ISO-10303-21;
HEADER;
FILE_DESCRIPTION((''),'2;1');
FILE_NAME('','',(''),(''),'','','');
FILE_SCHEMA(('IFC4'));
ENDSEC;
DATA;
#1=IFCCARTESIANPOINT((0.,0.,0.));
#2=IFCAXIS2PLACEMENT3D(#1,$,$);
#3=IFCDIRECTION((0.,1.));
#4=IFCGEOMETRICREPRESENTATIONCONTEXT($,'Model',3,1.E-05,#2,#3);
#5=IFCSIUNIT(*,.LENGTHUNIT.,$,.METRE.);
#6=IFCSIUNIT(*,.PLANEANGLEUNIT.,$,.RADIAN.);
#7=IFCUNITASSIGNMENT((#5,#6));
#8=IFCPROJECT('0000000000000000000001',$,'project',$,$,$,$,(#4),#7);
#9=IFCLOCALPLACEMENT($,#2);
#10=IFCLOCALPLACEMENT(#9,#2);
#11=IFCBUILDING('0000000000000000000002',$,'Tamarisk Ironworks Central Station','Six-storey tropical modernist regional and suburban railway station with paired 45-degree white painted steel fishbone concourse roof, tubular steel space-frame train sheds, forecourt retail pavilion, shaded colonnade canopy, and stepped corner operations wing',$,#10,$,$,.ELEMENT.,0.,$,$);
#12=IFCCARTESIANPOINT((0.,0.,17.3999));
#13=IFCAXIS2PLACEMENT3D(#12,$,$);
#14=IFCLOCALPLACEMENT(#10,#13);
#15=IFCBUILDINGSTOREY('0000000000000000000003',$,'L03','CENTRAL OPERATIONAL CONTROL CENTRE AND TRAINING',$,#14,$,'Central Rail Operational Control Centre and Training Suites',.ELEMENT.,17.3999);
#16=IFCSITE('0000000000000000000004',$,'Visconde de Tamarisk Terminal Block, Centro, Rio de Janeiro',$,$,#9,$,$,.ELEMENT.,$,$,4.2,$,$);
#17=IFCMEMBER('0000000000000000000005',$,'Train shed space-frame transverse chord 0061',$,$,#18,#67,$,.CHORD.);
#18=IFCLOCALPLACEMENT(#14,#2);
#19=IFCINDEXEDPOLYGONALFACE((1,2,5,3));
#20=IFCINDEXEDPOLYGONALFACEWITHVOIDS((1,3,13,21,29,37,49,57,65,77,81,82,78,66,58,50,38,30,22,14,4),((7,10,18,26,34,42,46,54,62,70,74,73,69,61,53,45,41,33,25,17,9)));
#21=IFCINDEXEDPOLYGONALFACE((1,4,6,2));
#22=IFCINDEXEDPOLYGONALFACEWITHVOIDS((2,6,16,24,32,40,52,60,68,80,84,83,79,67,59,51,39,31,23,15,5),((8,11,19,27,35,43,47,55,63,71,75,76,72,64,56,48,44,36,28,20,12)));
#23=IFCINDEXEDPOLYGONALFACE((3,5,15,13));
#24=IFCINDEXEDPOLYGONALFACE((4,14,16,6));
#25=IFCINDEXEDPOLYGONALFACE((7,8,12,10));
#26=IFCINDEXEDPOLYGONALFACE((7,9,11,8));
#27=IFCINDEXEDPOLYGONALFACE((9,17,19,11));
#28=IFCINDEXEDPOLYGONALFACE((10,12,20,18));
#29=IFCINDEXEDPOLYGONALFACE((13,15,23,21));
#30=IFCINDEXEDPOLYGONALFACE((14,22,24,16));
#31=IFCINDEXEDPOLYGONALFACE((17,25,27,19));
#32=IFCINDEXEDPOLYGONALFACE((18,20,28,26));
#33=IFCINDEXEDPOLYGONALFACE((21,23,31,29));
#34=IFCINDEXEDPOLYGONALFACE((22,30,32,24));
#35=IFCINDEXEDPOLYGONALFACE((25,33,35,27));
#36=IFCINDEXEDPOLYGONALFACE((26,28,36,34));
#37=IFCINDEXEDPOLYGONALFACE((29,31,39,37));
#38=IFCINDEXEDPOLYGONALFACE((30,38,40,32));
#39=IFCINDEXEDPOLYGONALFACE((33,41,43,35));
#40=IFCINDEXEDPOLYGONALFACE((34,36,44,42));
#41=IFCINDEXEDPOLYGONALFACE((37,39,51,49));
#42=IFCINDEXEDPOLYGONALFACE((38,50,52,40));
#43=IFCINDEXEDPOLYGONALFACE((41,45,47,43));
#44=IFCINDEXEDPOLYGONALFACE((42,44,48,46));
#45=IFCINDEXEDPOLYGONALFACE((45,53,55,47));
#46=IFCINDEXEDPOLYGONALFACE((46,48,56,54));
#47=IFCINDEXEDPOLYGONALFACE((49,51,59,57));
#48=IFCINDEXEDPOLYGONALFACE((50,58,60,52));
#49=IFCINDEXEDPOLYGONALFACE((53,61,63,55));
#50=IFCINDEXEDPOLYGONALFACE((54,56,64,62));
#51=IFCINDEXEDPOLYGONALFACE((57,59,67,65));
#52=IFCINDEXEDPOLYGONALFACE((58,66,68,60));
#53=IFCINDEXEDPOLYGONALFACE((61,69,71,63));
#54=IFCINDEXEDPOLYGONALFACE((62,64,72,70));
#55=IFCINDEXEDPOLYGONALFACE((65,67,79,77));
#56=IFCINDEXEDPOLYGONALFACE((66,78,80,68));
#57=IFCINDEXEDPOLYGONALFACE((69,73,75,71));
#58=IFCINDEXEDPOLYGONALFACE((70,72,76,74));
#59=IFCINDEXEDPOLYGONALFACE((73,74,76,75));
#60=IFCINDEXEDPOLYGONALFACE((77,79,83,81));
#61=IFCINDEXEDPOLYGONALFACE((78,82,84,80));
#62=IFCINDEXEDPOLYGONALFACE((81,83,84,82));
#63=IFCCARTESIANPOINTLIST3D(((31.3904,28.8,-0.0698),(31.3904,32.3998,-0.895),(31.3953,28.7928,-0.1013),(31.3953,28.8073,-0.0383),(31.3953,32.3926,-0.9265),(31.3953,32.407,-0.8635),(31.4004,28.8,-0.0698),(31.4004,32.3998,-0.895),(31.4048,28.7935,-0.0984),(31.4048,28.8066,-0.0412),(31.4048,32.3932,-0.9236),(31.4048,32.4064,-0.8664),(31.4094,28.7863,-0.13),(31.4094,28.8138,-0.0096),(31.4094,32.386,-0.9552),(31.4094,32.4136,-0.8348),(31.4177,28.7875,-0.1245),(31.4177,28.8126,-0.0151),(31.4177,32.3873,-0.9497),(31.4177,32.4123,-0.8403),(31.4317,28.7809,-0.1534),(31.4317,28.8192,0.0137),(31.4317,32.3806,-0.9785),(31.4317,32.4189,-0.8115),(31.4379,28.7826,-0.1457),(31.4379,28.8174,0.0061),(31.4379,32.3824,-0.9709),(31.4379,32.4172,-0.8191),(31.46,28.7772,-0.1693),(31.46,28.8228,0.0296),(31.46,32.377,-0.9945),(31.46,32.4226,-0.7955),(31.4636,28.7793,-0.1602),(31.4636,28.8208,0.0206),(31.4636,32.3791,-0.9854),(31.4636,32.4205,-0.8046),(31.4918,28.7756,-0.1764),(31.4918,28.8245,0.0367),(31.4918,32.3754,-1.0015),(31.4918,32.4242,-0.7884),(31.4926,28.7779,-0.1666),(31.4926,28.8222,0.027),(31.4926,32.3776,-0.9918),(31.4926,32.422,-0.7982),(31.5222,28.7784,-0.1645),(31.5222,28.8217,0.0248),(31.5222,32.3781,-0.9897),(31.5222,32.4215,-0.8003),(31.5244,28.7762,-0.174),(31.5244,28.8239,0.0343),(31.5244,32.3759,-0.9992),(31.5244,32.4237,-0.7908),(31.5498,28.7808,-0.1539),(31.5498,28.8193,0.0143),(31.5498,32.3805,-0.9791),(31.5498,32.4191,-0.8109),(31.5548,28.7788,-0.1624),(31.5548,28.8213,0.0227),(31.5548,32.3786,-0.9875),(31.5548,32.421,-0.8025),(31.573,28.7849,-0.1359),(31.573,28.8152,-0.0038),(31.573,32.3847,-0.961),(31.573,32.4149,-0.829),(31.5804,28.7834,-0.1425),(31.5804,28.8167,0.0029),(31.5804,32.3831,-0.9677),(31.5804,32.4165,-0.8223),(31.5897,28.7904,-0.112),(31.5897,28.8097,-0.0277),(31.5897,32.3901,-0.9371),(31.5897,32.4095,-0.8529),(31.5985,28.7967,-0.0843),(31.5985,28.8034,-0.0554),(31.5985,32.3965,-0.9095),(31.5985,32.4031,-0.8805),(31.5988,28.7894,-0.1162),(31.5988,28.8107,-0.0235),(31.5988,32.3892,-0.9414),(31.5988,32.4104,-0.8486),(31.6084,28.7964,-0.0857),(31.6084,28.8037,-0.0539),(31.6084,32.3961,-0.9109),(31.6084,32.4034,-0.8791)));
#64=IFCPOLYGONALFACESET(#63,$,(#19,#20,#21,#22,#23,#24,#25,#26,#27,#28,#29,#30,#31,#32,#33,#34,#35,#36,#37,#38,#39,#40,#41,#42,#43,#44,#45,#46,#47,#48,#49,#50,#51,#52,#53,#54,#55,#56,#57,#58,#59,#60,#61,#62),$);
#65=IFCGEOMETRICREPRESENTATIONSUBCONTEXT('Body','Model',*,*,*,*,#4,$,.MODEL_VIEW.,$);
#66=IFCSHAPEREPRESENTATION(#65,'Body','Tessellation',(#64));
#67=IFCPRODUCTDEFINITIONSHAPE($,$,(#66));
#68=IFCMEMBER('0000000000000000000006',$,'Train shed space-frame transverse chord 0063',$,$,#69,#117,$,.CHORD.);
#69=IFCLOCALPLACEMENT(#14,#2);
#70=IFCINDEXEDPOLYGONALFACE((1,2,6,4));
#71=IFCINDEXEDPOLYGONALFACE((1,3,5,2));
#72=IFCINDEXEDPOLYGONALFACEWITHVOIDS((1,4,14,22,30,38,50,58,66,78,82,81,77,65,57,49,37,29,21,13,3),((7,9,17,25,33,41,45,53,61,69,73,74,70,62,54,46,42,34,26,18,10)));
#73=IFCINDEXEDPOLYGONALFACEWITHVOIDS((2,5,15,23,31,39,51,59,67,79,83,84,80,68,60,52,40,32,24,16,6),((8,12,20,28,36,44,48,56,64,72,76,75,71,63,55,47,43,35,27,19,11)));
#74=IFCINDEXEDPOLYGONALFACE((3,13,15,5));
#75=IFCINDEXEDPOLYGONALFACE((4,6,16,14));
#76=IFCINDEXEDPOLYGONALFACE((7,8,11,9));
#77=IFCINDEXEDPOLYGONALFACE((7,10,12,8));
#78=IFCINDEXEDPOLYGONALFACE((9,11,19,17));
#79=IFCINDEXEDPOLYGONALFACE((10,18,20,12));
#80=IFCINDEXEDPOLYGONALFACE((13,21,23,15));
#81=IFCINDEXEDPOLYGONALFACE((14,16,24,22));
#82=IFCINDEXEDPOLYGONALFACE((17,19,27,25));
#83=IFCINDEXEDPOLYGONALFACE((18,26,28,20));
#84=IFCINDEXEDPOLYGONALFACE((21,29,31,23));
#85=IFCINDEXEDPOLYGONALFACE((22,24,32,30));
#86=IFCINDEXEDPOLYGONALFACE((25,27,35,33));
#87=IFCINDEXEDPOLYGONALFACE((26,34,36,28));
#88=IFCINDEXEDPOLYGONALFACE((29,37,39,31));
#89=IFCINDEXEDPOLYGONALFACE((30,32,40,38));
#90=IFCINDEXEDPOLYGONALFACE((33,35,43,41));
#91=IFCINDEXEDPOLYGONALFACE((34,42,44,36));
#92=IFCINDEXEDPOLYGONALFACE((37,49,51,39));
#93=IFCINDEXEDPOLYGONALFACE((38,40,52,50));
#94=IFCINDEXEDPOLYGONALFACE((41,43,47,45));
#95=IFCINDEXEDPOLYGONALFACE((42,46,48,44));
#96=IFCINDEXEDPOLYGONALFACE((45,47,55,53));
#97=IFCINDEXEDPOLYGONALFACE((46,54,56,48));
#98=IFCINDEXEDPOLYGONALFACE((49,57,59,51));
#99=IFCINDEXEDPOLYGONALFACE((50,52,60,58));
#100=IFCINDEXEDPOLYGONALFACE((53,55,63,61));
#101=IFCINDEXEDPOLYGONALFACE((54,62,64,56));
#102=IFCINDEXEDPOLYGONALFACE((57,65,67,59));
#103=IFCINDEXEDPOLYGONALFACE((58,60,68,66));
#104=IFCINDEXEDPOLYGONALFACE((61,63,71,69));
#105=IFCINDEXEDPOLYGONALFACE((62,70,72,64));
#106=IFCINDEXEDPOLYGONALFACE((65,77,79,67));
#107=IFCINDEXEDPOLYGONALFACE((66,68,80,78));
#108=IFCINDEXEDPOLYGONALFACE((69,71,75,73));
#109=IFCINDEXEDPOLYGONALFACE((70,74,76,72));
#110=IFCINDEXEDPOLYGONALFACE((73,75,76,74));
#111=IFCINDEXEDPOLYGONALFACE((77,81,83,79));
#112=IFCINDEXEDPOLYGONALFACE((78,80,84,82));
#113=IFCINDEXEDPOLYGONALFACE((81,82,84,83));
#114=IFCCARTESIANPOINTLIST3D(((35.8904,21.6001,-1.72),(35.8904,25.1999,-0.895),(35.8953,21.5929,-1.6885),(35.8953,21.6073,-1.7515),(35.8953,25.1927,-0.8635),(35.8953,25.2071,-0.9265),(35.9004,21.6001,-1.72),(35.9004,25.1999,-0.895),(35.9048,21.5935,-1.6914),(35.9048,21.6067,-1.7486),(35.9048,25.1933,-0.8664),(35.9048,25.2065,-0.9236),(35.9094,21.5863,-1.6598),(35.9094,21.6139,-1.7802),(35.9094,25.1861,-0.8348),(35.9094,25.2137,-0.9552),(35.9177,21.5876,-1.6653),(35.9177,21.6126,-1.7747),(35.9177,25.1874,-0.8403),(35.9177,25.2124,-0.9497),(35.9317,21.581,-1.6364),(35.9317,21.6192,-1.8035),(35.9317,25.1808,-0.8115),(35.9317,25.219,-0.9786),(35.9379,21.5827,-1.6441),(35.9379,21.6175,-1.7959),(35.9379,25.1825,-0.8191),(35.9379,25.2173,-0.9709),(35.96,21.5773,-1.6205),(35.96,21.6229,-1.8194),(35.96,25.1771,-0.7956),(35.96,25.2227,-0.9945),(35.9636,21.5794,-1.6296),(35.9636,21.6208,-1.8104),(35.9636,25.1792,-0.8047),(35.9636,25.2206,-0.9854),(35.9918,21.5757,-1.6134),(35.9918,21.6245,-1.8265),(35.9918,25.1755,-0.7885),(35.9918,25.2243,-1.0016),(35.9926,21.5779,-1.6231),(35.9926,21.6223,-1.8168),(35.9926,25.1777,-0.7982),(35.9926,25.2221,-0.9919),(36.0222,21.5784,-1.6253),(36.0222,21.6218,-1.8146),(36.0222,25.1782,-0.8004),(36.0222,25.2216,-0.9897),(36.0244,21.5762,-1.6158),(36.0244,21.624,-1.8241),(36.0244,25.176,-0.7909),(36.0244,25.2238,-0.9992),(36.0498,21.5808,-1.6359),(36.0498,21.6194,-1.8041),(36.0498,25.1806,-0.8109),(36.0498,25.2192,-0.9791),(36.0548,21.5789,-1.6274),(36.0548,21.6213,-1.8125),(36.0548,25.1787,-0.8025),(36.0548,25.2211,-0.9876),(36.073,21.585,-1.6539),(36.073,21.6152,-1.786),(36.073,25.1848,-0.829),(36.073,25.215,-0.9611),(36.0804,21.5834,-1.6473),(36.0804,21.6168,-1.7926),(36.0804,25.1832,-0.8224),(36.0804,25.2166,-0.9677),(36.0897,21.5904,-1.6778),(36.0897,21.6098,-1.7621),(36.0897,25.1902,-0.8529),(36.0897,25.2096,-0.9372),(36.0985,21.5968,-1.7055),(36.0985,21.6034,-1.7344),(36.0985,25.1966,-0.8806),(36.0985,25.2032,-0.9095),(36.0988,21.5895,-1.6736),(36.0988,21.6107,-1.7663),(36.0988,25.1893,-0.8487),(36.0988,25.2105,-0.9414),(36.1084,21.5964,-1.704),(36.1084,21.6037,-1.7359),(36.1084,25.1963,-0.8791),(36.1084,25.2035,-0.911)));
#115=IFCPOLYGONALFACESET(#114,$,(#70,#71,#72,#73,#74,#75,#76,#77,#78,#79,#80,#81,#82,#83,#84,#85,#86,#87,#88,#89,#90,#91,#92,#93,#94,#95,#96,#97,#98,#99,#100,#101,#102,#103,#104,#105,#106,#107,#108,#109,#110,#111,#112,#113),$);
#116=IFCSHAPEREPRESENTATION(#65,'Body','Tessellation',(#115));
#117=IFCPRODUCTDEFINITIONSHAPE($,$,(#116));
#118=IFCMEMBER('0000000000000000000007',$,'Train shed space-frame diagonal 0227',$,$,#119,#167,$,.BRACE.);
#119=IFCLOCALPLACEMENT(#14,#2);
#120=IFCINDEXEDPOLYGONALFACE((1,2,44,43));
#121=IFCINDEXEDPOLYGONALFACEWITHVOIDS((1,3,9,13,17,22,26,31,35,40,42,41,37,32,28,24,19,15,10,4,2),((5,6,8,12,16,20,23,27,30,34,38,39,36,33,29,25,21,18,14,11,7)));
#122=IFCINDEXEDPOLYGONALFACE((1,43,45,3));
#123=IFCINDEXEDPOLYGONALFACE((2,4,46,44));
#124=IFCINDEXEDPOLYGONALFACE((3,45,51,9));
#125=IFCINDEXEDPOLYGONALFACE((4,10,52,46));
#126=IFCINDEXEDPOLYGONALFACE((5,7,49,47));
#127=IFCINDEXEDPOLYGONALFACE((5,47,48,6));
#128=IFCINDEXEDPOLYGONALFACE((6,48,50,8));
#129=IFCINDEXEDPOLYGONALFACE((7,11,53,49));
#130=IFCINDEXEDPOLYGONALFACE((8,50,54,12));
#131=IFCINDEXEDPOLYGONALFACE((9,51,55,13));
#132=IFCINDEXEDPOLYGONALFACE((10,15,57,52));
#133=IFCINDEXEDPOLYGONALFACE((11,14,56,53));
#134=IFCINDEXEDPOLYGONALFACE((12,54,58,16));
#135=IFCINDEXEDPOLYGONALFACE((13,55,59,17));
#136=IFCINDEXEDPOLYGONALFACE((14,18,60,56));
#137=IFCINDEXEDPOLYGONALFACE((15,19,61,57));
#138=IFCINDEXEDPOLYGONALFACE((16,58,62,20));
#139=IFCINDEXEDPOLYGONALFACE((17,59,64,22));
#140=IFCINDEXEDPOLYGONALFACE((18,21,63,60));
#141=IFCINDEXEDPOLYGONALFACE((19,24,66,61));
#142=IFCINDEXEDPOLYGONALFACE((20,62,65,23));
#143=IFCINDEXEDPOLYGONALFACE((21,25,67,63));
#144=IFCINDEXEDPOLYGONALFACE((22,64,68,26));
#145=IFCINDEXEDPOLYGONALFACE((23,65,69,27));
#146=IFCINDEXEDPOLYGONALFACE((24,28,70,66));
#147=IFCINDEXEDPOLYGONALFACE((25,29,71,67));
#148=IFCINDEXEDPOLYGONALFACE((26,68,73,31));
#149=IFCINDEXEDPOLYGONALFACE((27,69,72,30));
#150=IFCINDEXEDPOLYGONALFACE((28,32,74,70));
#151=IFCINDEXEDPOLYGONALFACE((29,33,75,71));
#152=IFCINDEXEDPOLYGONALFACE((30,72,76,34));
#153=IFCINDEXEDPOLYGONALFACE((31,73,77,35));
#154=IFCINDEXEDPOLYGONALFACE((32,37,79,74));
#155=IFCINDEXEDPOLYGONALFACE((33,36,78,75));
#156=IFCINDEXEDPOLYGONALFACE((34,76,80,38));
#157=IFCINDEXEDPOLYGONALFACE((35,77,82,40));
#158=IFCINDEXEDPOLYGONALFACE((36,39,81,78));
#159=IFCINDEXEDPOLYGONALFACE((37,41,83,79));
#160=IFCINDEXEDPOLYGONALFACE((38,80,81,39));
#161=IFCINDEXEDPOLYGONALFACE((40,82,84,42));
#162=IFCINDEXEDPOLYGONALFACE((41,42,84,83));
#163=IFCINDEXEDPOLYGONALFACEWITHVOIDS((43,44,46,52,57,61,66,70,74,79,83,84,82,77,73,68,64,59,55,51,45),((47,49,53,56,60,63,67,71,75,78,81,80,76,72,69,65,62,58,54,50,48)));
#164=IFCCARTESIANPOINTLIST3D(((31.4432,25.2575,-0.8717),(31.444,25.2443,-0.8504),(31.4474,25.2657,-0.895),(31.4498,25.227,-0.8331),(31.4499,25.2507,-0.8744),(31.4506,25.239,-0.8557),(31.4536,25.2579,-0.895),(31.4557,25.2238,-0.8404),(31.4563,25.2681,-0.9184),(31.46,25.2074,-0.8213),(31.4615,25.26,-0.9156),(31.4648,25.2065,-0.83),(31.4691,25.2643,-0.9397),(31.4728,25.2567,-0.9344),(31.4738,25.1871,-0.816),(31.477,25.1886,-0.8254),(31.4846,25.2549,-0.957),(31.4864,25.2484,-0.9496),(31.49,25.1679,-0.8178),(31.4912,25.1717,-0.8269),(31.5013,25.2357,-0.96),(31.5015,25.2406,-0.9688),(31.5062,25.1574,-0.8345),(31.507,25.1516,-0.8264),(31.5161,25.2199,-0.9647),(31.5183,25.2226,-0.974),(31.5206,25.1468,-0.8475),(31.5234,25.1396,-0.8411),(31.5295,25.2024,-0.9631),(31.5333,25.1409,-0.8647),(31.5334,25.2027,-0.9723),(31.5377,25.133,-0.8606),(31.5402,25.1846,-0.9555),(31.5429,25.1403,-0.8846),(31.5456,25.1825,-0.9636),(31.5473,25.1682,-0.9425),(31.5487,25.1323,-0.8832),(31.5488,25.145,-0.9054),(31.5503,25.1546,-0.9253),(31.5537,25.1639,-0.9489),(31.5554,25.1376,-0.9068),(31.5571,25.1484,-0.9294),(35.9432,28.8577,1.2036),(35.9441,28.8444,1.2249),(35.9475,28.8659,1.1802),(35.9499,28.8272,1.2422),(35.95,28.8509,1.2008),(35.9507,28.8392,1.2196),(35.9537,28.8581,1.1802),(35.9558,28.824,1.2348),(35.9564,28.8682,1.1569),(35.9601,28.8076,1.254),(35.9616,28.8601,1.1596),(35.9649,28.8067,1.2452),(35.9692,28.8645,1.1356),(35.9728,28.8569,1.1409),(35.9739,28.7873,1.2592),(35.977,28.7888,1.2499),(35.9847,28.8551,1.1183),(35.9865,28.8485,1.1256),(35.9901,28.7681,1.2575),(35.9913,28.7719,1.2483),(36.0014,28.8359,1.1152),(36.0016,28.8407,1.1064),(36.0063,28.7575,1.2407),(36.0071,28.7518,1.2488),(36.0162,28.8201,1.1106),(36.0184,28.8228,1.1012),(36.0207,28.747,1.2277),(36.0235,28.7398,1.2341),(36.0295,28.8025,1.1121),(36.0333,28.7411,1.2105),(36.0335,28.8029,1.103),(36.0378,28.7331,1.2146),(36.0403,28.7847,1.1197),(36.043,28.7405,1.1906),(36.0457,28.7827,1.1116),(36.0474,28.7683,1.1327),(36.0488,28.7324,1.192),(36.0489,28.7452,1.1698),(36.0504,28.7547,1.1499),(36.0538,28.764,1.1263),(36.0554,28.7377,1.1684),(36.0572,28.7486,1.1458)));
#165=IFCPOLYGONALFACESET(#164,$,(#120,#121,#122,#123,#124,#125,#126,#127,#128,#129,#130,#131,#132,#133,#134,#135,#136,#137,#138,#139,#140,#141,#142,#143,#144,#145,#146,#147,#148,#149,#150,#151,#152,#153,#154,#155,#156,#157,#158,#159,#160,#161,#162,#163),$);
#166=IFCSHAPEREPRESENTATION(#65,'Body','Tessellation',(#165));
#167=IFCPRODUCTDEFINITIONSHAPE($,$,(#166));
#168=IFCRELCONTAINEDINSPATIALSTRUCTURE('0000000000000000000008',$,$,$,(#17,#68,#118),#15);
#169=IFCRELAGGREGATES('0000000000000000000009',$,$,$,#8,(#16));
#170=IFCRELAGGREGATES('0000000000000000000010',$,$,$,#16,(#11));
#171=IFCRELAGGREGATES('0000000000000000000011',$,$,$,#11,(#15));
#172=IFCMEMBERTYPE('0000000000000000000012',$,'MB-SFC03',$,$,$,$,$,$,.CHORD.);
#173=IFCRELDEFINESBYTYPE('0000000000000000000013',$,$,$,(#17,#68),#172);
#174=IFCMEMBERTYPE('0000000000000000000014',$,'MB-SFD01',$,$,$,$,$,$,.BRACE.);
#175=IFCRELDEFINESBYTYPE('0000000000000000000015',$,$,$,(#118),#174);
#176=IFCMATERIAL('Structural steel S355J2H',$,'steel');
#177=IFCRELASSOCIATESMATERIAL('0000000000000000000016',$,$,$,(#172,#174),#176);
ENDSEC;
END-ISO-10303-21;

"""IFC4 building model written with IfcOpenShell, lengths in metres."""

from ifc_helpers import new_model, si_unit, direction, frame, origin, origin_2d, place, context, subcontext, project, spatial, hollow_circle, extrude, material, material_profile, profile_set, type_object, element, save


model = new_model("IFC4")

# Units and contexts
model_context = context("Model", 3, precision=1e-05, world=origin(), true_north=direction((0.0, 1.0)))
body_context = subcontext(model_context, "Body", "Model", "MODEL_VIEW")
ifc_project = project(units=[si_unit("LENGTHUNIT", "METRE"), si_unit("PLANEANGLEUNIT", "RADIAN")], contexts=[model_context])

# Site, building, storey
site_placement = place(None, origin())
site = spatial("IfcSite", under=ifc_project, at=site_placement, Name="Visconde de Tamarisk Terminal Block, Centro, Rio de Janeiro", CompositionType="ELEMENT", RefElevation=4.2)
building_placement = place(site_placement, origin())
building = spatial("IfcBuilding", under=site, at=building_placement, Name="Tamarisk Ironworks Central Station", Description="Six-storey tropical modernist regional and suburban railway station with paired 45-degree white painted steel fishbone concourse roof, tubular steel space-frame train sheds, forecourt retail pavilion, shaded colonnade canopy, and stepped corner operations wing", CompositionType="ELEMENT", ElevationOfRefHeight=0.0)
storey_placement = place(building_placement, frame((0.0, 0.0, 17.3999)))
storey = spatial("IfcBuildingStorey", under=building, at=storey_placement, Name="L03", Description="CENTRAL OPERATIONAL CONTROL CENTRE AND TRAINING", LongName="Central Rail Operational Control Centre and Training Suites", CompositionType="ELEMENT", Elevation=17.3999)

# Members
ifc_material_1 = material(Name="Structural steel S355J2H", Category="steel")
ifc_material_profile_1 = material_profile(ifc_material_1, hollow_circle(Radius=0.1096, WallThickness=0.01, at=origin_2d()), Name="CHS 219.1x10")
ifc_profile_set_1 = profile_set([ifc_material_profile_1], Name="Structural steel S355J2H")
member_type_1 = type_object("IfcMemberType", Name="MB-SFC03", PredefinedType="CHORD", material=ifc_profile_set_1)
for number, where, z_axis, x_axis, name in (
    (1, (31.5, 28.8, -0.0698), (0.0, 0.974719, -0.223435), (-1.0, 0.0, 0.0), "Train shed space-frame transverse chord 0061"),
    (2, (36.0, 21.6001, -1.72), (0.0, 0.974733, 0.223372), (-1.0, 0.0, 0.0), "Train shed space-frame transverse chord 0063"),
):
    element("IfcMember", number, at=place(storey_placement, frame(where, z_axis=z_axis, x_axis=x_axis)), inside=storey, type_object=member_type_1, Name=name, PredefinedType="CHORD", context=body_context, shape_type="SweptSolid", body=[
        extrude(hollow_circle(Radius=0.1096, WallThickness=0.01, at=origin_2d()), origin(), (0.0, 0.0, 1.0), 3.6931),
    ])
ifc_material_profile_2 = material_profile(ifc_material_1, hollow_circle(Radius=0.0842, WallThickness=0.01, at=origin_2d()), Name="CHS 168.3x10")
ifc_profile_set_2 = profile_set([ifc_material_profile_2], Name="Structural steel S355J2H")
member_type_2 = type_object("IfcMemberType", Name="MB-SFD01", PredefinedType="BRACE", material=ifc_profile_set_2)
member_1_placement = place(storey_placement, frame((31.5, 25.2, -0.895), z_axis=(0.734679, 0.587759, 0.338801), x_axis=(-0.624705, 0.780861, 0.0)))
element("IfcMember", 3, at=member_1_placement, inside=storey, type_object=member_type_2, Name="Train shed space-frame diagonal 0227", PredefinedType="BRACE", context=body_context, shape_type="SweptSolid", body=[
    extrude(hollow_circle(Radius=0.0842, WallThickness=0.01, at=origin_2d()), origin(), (0.0, 0.0, 1.0), 6.1252),
])

save(model, "model.ifc")
